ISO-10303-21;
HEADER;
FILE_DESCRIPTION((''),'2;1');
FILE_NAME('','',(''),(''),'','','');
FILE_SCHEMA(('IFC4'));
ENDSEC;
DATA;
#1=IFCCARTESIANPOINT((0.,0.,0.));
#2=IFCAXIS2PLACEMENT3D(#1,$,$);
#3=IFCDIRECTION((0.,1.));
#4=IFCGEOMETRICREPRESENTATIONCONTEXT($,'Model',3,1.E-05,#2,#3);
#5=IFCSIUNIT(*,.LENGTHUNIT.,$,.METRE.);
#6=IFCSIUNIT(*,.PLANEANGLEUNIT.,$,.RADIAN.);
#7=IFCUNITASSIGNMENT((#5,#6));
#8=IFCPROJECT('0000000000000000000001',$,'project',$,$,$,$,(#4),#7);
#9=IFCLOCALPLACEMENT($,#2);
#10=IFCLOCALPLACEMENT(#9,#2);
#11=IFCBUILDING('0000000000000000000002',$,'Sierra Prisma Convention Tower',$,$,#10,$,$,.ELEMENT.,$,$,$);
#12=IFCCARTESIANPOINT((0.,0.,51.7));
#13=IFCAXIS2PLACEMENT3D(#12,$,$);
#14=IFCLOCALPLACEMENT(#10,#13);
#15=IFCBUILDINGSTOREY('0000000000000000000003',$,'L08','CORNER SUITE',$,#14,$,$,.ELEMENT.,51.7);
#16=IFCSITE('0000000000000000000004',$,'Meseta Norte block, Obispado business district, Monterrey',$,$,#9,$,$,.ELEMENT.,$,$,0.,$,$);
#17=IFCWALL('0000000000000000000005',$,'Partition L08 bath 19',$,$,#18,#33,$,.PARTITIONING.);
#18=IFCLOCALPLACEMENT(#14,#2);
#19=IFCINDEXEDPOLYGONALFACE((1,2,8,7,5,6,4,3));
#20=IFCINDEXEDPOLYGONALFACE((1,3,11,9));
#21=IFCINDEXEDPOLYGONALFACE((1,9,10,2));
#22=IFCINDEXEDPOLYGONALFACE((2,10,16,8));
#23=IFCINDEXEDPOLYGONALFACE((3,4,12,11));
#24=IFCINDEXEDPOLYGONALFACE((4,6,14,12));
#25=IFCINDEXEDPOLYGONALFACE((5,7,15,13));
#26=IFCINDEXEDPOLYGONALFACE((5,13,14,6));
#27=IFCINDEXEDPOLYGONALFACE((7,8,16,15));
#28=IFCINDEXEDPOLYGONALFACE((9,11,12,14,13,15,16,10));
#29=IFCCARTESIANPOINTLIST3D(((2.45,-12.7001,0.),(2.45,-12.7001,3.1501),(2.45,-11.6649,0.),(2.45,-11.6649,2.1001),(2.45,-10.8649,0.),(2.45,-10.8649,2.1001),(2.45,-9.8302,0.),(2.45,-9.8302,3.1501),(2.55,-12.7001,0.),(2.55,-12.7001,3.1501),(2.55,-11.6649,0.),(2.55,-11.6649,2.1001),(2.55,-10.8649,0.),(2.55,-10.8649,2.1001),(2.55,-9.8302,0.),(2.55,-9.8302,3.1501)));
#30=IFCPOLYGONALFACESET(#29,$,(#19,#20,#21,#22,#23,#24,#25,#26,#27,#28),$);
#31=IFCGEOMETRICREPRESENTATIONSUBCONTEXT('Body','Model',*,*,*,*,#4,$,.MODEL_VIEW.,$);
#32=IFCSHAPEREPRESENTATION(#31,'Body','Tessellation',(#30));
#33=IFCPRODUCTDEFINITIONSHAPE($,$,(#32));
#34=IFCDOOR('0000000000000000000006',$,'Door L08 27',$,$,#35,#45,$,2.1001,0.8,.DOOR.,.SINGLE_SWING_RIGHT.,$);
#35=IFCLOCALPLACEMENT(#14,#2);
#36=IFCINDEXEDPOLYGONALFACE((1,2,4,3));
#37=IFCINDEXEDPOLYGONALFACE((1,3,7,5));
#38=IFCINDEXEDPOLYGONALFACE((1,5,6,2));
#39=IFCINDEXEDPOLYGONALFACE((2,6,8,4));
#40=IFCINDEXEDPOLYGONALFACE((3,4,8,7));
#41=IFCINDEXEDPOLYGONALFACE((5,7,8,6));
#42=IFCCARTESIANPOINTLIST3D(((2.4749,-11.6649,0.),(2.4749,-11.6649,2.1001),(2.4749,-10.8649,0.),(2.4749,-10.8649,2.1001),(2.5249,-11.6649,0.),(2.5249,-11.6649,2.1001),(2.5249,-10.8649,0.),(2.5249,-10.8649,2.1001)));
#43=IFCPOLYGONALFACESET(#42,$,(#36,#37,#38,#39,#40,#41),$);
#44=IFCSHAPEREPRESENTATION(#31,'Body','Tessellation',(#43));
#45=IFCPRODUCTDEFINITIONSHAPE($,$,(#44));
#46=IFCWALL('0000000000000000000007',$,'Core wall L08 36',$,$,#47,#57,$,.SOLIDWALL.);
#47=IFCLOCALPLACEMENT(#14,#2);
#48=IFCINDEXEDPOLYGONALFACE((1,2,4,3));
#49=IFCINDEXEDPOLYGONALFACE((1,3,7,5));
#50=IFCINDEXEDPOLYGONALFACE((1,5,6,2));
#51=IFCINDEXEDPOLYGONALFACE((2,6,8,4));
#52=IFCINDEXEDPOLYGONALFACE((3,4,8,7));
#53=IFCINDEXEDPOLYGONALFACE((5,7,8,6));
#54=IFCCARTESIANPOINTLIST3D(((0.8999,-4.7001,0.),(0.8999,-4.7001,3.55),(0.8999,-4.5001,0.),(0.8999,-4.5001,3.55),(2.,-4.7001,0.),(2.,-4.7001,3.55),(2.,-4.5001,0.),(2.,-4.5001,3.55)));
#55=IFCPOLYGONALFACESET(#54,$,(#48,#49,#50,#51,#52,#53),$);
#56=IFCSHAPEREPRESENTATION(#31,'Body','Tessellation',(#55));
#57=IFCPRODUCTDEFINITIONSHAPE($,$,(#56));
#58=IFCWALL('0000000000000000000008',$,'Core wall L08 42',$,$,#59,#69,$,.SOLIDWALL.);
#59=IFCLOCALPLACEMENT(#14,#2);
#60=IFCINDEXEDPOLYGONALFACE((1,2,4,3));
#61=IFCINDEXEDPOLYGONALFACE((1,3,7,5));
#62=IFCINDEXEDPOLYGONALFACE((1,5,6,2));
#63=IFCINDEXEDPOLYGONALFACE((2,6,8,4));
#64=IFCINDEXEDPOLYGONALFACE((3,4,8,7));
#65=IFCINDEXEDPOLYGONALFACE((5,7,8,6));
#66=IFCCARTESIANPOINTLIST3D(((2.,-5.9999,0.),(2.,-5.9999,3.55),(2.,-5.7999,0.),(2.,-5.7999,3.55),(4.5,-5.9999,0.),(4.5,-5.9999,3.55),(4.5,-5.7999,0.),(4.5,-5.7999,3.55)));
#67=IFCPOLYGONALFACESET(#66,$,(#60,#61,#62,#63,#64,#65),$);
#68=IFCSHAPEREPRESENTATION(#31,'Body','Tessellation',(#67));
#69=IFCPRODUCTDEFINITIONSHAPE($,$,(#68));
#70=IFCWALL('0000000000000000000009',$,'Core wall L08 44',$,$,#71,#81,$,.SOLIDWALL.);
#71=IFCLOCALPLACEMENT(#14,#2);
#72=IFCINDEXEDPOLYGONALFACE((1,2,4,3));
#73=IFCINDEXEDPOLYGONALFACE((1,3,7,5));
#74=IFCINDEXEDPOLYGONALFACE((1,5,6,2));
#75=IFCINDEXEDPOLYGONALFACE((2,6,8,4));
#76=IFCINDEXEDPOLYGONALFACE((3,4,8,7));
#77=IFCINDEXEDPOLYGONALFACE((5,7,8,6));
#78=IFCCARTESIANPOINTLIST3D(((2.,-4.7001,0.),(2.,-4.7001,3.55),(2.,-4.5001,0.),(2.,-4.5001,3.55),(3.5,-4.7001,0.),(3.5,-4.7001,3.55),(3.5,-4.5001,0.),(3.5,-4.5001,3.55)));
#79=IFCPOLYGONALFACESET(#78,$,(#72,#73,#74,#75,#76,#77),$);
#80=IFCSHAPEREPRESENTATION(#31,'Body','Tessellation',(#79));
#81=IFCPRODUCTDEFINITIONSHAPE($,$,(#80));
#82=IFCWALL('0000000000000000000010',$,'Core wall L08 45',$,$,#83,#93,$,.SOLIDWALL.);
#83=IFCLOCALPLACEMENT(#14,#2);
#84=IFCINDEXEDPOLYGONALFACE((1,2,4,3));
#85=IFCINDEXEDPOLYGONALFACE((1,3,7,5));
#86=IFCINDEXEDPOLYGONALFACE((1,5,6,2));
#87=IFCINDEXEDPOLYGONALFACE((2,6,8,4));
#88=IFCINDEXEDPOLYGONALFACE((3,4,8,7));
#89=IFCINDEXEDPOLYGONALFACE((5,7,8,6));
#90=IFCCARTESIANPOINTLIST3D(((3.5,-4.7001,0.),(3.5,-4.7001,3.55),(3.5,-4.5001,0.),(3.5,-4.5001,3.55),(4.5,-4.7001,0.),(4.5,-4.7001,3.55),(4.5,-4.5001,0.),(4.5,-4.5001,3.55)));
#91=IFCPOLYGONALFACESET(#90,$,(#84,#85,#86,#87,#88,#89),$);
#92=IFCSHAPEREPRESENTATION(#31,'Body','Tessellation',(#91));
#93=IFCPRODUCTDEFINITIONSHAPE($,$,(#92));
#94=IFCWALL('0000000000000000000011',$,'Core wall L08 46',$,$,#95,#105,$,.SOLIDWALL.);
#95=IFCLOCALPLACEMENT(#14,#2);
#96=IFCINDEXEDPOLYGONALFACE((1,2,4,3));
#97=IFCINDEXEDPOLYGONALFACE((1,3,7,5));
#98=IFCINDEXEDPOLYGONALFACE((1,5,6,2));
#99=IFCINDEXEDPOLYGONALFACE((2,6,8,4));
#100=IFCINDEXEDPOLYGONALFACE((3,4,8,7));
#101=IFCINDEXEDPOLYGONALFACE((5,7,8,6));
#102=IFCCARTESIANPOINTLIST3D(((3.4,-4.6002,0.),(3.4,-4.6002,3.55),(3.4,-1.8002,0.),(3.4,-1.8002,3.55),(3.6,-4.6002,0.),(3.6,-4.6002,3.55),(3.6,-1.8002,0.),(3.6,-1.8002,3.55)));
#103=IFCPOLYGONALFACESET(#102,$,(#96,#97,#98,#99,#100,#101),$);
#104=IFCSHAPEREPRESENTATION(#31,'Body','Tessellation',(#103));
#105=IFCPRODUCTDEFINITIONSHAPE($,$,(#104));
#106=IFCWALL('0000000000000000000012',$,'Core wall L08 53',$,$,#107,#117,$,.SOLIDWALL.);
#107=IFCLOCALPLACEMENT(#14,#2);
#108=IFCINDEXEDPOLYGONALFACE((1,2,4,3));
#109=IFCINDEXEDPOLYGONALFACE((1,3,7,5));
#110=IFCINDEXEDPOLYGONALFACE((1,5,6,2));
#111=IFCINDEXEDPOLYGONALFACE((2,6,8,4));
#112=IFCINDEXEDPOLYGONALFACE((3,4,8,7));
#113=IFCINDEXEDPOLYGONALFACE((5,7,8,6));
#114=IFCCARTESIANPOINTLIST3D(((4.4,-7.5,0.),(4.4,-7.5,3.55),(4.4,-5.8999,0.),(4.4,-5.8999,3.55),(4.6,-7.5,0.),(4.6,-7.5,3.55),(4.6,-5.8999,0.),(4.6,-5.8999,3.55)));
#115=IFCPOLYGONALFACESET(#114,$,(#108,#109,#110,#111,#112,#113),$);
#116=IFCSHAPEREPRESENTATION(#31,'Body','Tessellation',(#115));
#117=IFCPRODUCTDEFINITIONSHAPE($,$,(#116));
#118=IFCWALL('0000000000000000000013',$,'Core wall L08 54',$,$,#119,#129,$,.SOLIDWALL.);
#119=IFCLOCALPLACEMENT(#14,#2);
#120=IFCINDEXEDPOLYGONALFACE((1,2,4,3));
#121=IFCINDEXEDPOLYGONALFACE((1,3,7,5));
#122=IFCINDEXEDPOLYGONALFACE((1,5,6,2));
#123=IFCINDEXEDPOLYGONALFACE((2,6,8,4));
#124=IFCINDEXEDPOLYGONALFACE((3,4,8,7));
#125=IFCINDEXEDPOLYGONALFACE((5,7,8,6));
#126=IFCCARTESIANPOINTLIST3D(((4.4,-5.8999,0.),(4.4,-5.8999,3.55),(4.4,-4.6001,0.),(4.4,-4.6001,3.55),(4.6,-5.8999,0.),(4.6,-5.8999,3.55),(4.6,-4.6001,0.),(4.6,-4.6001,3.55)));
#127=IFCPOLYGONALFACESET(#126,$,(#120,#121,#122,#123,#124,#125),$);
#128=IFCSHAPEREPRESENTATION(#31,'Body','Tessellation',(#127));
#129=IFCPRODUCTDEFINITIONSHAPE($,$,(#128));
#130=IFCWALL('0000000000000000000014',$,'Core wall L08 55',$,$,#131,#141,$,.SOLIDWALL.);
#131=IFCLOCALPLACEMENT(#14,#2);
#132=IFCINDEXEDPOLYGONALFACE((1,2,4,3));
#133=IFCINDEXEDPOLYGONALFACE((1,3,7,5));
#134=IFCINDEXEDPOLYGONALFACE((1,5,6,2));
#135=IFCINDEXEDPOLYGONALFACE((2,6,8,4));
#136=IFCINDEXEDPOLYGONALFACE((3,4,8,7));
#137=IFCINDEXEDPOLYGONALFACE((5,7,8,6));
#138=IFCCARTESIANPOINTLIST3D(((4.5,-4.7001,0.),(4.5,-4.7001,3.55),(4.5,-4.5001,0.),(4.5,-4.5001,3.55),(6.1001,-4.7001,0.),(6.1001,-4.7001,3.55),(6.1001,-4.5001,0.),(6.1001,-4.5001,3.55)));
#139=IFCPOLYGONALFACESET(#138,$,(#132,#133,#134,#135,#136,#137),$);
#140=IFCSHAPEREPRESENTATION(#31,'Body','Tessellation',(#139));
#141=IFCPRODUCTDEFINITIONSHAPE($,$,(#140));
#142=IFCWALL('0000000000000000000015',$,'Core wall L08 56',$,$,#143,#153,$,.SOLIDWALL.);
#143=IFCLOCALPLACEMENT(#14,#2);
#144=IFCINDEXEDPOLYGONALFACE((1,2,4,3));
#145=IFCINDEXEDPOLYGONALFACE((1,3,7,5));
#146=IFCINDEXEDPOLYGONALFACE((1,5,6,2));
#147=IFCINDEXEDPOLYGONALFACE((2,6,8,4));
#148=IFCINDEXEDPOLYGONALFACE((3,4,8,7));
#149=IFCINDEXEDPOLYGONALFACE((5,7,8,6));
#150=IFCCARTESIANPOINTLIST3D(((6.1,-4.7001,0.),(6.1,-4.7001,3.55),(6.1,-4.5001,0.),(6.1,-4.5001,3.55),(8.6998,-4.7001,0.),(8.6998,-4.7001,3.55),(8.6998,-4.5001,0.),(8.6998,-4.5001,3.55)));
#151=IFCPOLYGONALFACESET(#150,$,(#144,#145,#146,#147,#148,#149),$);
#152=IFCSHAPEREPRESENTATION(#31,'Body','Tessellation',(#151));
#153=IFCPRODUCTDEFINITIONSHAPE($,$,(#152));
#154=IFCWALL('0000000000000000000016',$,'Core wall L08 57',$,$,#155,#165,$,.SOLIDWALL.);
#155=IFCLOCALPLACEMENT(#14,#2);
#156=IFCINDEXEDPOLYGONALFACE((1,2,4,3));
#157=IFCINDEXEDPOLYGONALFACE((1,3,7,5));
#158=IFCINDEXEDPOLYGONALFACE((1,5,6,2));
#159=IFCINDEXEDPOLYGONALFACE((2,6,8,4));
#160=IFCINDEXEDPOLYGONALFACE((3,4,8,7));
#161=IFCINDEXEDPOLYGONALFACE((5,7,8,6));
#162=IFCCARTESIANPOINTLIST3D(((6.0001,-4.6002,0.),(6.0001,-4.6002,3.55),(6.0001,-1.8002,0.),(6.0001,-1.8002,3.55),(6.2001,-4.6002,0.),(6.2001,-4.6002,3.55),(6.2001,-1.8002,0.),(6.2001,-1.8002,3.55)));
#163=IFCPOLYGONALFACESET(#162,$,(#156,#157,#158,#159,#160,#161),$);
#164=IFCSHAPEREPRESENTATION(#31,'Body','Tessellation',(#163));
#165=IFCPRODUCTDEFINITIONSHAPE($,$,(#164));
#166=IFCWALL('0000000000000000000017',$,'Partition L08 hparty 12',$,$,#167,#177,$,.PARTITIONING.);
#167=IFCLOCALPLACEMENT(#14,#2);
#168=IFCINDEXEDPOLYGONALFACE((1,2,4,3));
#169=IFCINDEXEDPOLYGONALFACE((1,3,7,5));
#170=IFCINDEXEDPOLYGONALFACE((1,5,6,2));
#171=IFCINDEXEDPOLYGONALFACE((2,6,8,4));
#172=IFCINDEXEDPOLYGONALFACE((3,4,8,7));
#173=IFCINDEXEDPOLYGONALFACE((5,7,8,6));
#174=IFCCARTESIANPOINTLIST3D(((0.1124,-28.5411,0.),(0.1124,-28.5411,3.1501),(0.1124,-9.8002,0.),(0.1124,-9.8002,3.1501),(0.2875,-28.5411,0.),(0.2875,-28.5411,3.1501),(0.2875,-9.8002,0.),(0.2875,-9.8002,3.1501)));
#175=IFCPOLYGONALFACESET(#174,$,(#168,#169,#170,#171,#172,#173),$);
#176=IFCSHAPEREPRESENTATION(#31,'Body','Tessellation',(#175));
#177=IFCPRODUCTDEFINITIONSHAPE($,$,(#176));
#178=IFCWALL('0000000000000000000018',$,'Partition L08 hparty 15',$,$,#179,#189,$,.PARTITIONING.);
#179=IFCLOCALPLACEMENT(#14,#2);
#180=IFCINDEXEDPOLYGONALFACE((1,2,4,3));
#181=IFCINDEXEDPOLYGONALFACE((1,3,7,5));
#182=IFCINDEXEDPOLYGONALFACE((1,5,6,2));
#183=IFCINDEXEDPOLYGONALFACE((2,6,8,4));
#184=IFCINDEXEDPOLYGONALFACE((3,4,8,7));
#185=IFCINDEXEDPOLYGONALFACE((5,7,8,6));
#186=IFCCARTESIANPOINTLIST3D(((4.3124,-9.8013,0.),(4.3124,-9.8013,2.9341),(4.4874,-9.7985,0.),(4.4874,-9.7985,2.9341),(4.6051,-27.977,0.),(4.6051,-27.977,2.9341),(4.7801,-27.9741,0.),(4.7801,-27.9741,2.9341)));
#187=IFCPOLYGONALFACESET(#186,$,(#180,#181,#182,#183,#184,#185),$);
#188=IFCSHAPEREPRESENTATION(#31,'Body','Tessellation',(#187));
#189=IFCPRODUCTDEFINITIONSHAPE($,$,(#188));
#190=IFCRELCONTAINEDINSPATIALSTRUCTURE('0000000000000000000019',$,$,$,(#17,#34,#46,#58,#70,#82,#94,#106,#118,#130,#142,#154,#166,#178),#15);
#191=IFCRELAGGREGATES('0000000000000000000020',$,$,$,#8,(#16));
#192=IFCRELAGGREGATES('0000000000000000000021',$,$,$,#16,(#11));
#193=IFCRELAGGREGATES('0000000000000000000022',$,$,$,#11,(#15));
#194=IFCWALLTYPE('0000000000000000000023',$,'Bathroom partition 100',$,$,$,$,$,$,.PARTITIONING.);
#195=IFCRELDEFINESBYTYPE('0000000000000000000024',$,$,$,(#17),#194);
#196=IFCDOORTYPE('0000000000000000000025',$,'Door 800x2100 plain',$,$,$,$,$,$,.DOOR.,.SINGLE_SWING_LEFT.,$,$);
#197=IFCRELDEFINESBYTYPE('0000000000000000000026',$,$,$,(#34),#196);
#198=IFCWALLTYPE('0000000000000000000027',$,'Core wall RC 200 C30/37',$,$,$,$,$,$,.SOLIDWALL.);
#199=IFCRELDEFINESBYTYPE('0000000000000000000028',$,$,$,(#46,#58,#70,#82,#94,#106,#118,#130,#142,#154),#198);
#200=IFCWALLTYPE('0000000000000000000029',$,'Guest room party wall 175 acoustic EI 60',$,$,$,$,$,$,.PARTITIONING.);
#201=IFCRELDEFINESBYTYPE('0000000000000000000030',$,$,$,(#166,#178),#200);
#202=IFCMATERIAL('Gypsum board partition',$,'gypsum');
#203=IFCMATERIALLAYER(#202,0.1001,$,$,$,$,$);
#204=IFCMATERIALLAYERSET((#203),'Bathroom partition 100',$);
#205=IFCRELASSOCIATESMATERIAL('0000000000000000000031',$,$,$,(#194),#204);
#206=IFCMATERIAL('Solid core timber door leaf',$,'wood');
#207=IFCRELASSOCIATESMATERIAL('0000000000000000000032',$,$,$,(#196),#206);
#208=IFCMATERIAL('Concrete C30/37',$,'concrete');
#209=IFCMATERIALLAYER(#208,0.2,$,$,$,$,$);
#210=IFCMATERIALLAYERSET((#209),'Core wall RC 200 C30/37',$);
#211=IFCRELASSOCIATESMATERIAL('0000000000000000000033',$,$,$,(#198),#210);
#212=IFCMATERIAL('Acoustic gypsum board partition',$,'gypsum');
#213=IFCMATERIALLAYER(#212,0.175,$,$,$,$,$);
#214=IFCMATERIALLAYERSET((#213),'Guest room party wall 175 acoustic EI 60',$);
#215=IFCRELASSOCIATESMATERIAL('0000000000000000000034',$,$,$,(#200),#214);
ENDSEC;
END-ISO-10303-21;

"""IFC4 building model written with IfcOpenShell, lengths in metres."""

from ifc_helpers import new_model, si_unit, direction, frame, frame_2d, origin, place, context, subcontext, project, spatial, rectangle, extrude, material, layer, layer_set, type_object, element, fill, save


model = new_model("IFC4")

# Units and contexts
model_context = context("Model", 3, precision=1e-05, world=origin(), true_north=direction((0.0, 1.0)))
body_context = subcontext(model_context, "Body", "Model", "MODEL_VIEW")
ifc_project = project(units=[si_unit("LENGTHUNIT", "METRE"), si_unit("PLANEANGLEUNIT", "RADIAN")], contexts=[model_context])

# Site, building, storey
site_placement = place(None, origin())
site = spatial("IfcSite", under=ifc_project, at=site_placement, Name="Meseta Norte block, Obispado business district, Monterrey", CompositionType="ELEMENT", RefElevation=0.0)
building_placement = place(site_placement, origin())
building = spatial("IfcBuilding", under=site, at=building_placement, Name="Sierra Prisma Convention Tower", CompositionType="ELEMENT")
storey_placement = place(building_placement, frame((0.0, 0.0, 51.7)))
storey = spatial("IfcBuildingStorey", under=building, at=storey_placement, Name="L08", Description="CORNER SUITE", CompositionType="ELEMENT", Elevation=51.7)

# Wall, opening, door
ifc_material_1 = material(Name="Gypsum board partition", Category="gypsum")
ifc_layer_1 = layer(ifc_material_1, 0.1001)
ifc_layer_set_1 = layer_set([ifc_layer_1], Name="Bathroom partition 100")
wall_type_1 = type_object("IfcWallType", Name="Bathroom partition 100", PredefinedType="PARTITIONING", material=ifc_layer_set_1)
wall_1_placement = place(storey_placement, frame((2.5, -9.8301, 0.0), z_axis=(0.0, 0.0, 1.0), x_axis=(0.0, -1.0, 0.0)))
wall_1 = element("IfcWall", 1, at=wall_1_placement, inside=storey, type_object=wall_type_1, Name="Partition L08 bath 19", PredefinedType="PARTITIONING", context=body_context, shape_type="SweptSolid", body=[
    extrude(rectangle(XDim=2.8699, YDim=0.1001, at=frame_2d((1.4351, 0.0))), origin(), (0.0, 0.0, 1.0), 3.1501),
])
opening_1_placement = place(wall_1_placement, frame((1.0349, 0.0, 0.0)))
opening_1 = element("IfcOpeningElement", 2, at=opening_1_placement, cuts=wall_1, PredefinedType="OPENING", context=body_context, shape_type="SweptSolid", body=[
    extrude(rectangle(XDim=0.8, YDim=2.1001, at=frame_2d((0.3999, 1.05))), frame((0.0, 0.05, 0.0), z_axis=(0.0, -1.0, 0.0), x_axis=(1.0, 0.0, 0.0)), (0.0, 0.0, 1.0), 0.1001),
])
ifc_material_2 = material(Name="Solid core timber door leaf", Category="wood")
door_type_1 = type_object("IfcDoorType", Name="Door 800x2100 plain", OperationType="SINGLE_SWING_LEFT", PredefinedType="DOOR", material=ifc_material_2)
door_1_placement = place(opening_1_placement, origin())
door_1 = element("IfcDoor", 3, at=door_1_placement, inside=storey, type_object=door_type_1, Name="Door L08 27", OperationType="SINGLE_SWING_RIGHT", OverallHeight=2.1001, OverallWidth=0.8, PredefinedType="DOOR", context=body_context, shape_type="SweptSolid", body=[
    extrude(rectangle(XDim=0.8, YDim=2.1001, at=frame_2d((0.3999, 1.05))), frame((0.0, 0.0249, 0.0), z_axis=(0.0, -1.0, 0.0), x_axis=(1.0, 0.0, 0.0)), (0.0, 0.0, 1.0), 0.05),
])
fill(opening_1, door_1)

# Wall
ifc_material_3 = material(Name="Concrete C30/37", Category="concrete")
ifc_layer_2 = layer(ifc_material_3, 0.2)
ifc_layer_set_2 = layer_set([ifc_layer_2], Name="Core wall RC 200 C30/37")
wall_type_2 = type_object("IfcWallType", Name="Core wall RC 200 C30/37", PredefinedType="SOLIDWALL", material=ifc_layer_set_2)
wall_2_placement = place(storey_placement, frame((0.8999, -4.6001, 0.0), z_axis=(0.0, 0.0, 1.0), x_axis=(1.0, 0.0, 0.0)))
element("IfcWall", 4, at=wall_2_placement, inside=storey, type_object=wall_type_2, Name="Core wall L08 36", PredefinedType="SOLIDWALL", context=body_context, shape_type="SweptSolid", body=[
    extrude(rectangle(XDim=1.1001, YDim=0.2, at=frame_2d((0.55, 0.0))), origin(), (0.0, 0.0, 1.0), 3.55),
])

# Wall
wall_3_placement = place(storey_placement, frame((4.5, -5.8999, 0.0), z_axis=(0.0, 0.0, 1.0), x_axis=(-1.0, 0.0, 0.0)))
element("IfcWall", 5, at=wall_3_placement, inside=storey, type_object=wall_type_2, Name="Core wall L08 42", PredefinedType="SOLIDWALL", context=body_context, shape_type="SweptSolid", body=[
    extrude(rectangle(XDim=2.5, YDim=0.2, at=frame_2d((1.25, 0.0))), origin(), (0.0, 0.0, 1.0), 3.55),
])

# Walls
wall_4_placement = place(storey_placement, frame((3.5, -4.6001, 0.0), z_axis=(0.0, 0.0, 1.0), x_axis=(-1.0, 0.0, 0.0)))
element("IfcWall", 6, at=wall_4_placement, inside=storey, type_object=wall_type_2, Name="Core wall L08 44", PredefinedType="SOLIDWALL", context=body_context, shape_type="SweptSolid", body=[
    extrude(rectangle(XDim=1.5, YDim=0.2, at=frame_2d((0.75, 0.0))), origin(), (0.0, 0.0, 1.0), 3.55),
])
wall_5_placement = place(storey_placement, frame((4.5, -4.6001, 0.0), z_axis=(0.0, 0.0, 1.0), x_axis=(-1.0, 0.0, 0.0)))
element("IfcWall", 7, at=wall_5_placement, inside=storey, type_object=wall_type_2, Name="Core wall L08 45", PredefinedType="SOLIDWALL", context=body_context, shape_type="SweptSolid", body=[
    extrude(rectangle(XDim=1.0, YDim=0.2, at=frame_2d((0.5, 0.0))), origin(), (0.0, 0.0, 1.0), 3.55),
])
wall_6_placement = place(storey_placement, frame((3.5, -4.6001, 0.0), z_axis=(0.0, 0.0, 1.0), x_axis=(0.0, 1.0, 0.0)))
element("IfcWall", 8, at=wall_6_placement, inside=storey, type_object=wall_type_2, Name="Core wall L08 46", PredefinedType="SOLIDWALL", context=body_context, shape_type="SweptSolid", body=[
    extrude(rectangle(XDim=2.8, YDim=0.2, at=frame_2d((1.3999, 0.0))), origin(), (0.0, 0.0, 1.0), 3.55),
])
wall_7_placement = place(storey_placement, frame((4.5, -7.5, 0.0), z_axis=(0.0, 0.0, 1.0), x_axis=(0.0, 1.0, 0.0)))
element("IfcWall", 9, at=wall_7_placement, inside=storey, type_object=wall_type_2, Name="Core wall L08 53", PredefinedType="SOLIDWALL", context=body_context, shape_type="SweptSolid", body=[
    extrude(rectangle(XDim=1.6001, YDim=0.2, at=frame_2d((0.8, 0.0))), origin(), (0.0, 0.0, 1.0), 3.55),
])
wall_8_placement = place(storey_placement, frame((4.5, -5.8999, 0.0), z_axis=(0.0, 0.0, 1.0), x_axis=(0.0, 1.0, 0.0)))
element("IfcWall", 10, at=wall_8_placement, inside=storey, type_object=wall_type_2, Name="Core wall L08 54", PredefinedType="SOLIDWALL", context=body_context, shape_type="SweptSolid", body=[
    extrude(rectangle(XDim=1.2998, YDim=0.2, at=frame_2d((0.6499, 0.0))), origin(), (0.0, 0.0, 1.0), 3.55),
])
wall_9_placement = place(storey_placement, frame((4.5, -4.6001, 0.0), z_axis=(0.0, 0.0, 1.0), x_axis=(1.0, 0.0, 0.0)))
element("IfcWall", 11, at=wall_9_placement, inside=storey, type_object=wall_type_2, Name="Core wall L08 55", PredefinedType="SOLIDWALL", context=body_context, shape_type="SweptSolid", body=[
    extrude(rectangle(XDim=1.6001, YDim=0.2, at=frame_2d((0.8, 0.0))), origin(), (0.0, 0.0, 1.0), 3.55),
])
wall_10_placement = place(storey_placement, frame((6.1001, -4.6001, 0.0), z_axis=(0.0, 0.0, 1.0), x_axis=(1.0, 0.0, 0.0)))
element("IfcWall", 12, at=wall_10_placement, inside=storey, type_object=wall_type_2, Name="Core wall L08 56", PredefinedType="SOLIDWALL", context=body_context, shape_type="SweptSolid", body=[
    extrude(rectangle(XDim=2.5999, YDim=0.2, at=frame_2d((1.2998, 0.0))), origin(), (0.0, 0.0, 1.0), 3.55),
])
wall_11_placement = place(storey_placement, frame((6.1001, -4.6001, 0.0), z_axis=(0.0, 0.0, 1.0), x_axis=(0.0, 1.0, 0.0)))
element("IfcWall", 13, at=wall_11_placement, inside=storey, type_object=wall_type_2, Name="Core wall L08 57", PredefinedType="SOLIDWALL", context=body_context, shape_type="SweptSolid", body=[
    extrude(rectangle(XDim=2.8, YDim=0.2, at=frame_2d((1.3999, 0.0))), origin(), (0.0, 0.0, 1.0), 3.55),
])
ifc_material_4 = material(Name="Acoustic gypsum board partition", Category="gypsum")
ifc_layer_3 = layer(ifc_material_4, 0.175)
ifc_layer_set_3 = layer_set([ifc_layer_3], Name="Guest room party wall 175 acoustic EI 60")
wall_type_3 = type_object("IfcWallType", Name="Guest room party wall 175 acoustic EI 60", PredefinedType="PARTITIONING", material=ifc_layer_set_3)
wall_12_placement = place(storey_placement, frame((0.2, -9.8, 0.0), z_axis=(0.0, 0.0, 1.0), x_axis=(0.0, -1.0, 0.0)))
element("IfcWall", 14, at=wall_12_placement, inside=storey, type_object=wall_type_3, Name="Partition L08 hparty 12", PredefinedType="PARTITIONING", context=body_context, shape_type="SweptSolid", body=[
    extrude(rectangle(XDim=18.741, YDim=0.175, at=frame_2d((9.3706, 0.0))), origin(), (0.0, 0.0, 1.0), 3.1501),
])
wall_13_placement = place(storey_placement, frame((4.3999, -9.8, 0.0), z_axis=(0.0, 0.0, 1.0), x_axis=(0.016103, -0.99987, 0.0)))
element("IfcWall", 15, at=wall_13_placement, inside=storey, type_object=wall_type_3, Name="Partition L08 hparty 15", PredefinedType="PARTITIONING", context=body_context, shape_type="SweptSolid", body=[
    extrude(rectangle(XDim=18.178, YDim=0.175, at=frame_2d((9.0889, 0.0))), origin(), (0.0, 0.0, 1.0), 2.9341),
])

save(model, "model.ifc")
